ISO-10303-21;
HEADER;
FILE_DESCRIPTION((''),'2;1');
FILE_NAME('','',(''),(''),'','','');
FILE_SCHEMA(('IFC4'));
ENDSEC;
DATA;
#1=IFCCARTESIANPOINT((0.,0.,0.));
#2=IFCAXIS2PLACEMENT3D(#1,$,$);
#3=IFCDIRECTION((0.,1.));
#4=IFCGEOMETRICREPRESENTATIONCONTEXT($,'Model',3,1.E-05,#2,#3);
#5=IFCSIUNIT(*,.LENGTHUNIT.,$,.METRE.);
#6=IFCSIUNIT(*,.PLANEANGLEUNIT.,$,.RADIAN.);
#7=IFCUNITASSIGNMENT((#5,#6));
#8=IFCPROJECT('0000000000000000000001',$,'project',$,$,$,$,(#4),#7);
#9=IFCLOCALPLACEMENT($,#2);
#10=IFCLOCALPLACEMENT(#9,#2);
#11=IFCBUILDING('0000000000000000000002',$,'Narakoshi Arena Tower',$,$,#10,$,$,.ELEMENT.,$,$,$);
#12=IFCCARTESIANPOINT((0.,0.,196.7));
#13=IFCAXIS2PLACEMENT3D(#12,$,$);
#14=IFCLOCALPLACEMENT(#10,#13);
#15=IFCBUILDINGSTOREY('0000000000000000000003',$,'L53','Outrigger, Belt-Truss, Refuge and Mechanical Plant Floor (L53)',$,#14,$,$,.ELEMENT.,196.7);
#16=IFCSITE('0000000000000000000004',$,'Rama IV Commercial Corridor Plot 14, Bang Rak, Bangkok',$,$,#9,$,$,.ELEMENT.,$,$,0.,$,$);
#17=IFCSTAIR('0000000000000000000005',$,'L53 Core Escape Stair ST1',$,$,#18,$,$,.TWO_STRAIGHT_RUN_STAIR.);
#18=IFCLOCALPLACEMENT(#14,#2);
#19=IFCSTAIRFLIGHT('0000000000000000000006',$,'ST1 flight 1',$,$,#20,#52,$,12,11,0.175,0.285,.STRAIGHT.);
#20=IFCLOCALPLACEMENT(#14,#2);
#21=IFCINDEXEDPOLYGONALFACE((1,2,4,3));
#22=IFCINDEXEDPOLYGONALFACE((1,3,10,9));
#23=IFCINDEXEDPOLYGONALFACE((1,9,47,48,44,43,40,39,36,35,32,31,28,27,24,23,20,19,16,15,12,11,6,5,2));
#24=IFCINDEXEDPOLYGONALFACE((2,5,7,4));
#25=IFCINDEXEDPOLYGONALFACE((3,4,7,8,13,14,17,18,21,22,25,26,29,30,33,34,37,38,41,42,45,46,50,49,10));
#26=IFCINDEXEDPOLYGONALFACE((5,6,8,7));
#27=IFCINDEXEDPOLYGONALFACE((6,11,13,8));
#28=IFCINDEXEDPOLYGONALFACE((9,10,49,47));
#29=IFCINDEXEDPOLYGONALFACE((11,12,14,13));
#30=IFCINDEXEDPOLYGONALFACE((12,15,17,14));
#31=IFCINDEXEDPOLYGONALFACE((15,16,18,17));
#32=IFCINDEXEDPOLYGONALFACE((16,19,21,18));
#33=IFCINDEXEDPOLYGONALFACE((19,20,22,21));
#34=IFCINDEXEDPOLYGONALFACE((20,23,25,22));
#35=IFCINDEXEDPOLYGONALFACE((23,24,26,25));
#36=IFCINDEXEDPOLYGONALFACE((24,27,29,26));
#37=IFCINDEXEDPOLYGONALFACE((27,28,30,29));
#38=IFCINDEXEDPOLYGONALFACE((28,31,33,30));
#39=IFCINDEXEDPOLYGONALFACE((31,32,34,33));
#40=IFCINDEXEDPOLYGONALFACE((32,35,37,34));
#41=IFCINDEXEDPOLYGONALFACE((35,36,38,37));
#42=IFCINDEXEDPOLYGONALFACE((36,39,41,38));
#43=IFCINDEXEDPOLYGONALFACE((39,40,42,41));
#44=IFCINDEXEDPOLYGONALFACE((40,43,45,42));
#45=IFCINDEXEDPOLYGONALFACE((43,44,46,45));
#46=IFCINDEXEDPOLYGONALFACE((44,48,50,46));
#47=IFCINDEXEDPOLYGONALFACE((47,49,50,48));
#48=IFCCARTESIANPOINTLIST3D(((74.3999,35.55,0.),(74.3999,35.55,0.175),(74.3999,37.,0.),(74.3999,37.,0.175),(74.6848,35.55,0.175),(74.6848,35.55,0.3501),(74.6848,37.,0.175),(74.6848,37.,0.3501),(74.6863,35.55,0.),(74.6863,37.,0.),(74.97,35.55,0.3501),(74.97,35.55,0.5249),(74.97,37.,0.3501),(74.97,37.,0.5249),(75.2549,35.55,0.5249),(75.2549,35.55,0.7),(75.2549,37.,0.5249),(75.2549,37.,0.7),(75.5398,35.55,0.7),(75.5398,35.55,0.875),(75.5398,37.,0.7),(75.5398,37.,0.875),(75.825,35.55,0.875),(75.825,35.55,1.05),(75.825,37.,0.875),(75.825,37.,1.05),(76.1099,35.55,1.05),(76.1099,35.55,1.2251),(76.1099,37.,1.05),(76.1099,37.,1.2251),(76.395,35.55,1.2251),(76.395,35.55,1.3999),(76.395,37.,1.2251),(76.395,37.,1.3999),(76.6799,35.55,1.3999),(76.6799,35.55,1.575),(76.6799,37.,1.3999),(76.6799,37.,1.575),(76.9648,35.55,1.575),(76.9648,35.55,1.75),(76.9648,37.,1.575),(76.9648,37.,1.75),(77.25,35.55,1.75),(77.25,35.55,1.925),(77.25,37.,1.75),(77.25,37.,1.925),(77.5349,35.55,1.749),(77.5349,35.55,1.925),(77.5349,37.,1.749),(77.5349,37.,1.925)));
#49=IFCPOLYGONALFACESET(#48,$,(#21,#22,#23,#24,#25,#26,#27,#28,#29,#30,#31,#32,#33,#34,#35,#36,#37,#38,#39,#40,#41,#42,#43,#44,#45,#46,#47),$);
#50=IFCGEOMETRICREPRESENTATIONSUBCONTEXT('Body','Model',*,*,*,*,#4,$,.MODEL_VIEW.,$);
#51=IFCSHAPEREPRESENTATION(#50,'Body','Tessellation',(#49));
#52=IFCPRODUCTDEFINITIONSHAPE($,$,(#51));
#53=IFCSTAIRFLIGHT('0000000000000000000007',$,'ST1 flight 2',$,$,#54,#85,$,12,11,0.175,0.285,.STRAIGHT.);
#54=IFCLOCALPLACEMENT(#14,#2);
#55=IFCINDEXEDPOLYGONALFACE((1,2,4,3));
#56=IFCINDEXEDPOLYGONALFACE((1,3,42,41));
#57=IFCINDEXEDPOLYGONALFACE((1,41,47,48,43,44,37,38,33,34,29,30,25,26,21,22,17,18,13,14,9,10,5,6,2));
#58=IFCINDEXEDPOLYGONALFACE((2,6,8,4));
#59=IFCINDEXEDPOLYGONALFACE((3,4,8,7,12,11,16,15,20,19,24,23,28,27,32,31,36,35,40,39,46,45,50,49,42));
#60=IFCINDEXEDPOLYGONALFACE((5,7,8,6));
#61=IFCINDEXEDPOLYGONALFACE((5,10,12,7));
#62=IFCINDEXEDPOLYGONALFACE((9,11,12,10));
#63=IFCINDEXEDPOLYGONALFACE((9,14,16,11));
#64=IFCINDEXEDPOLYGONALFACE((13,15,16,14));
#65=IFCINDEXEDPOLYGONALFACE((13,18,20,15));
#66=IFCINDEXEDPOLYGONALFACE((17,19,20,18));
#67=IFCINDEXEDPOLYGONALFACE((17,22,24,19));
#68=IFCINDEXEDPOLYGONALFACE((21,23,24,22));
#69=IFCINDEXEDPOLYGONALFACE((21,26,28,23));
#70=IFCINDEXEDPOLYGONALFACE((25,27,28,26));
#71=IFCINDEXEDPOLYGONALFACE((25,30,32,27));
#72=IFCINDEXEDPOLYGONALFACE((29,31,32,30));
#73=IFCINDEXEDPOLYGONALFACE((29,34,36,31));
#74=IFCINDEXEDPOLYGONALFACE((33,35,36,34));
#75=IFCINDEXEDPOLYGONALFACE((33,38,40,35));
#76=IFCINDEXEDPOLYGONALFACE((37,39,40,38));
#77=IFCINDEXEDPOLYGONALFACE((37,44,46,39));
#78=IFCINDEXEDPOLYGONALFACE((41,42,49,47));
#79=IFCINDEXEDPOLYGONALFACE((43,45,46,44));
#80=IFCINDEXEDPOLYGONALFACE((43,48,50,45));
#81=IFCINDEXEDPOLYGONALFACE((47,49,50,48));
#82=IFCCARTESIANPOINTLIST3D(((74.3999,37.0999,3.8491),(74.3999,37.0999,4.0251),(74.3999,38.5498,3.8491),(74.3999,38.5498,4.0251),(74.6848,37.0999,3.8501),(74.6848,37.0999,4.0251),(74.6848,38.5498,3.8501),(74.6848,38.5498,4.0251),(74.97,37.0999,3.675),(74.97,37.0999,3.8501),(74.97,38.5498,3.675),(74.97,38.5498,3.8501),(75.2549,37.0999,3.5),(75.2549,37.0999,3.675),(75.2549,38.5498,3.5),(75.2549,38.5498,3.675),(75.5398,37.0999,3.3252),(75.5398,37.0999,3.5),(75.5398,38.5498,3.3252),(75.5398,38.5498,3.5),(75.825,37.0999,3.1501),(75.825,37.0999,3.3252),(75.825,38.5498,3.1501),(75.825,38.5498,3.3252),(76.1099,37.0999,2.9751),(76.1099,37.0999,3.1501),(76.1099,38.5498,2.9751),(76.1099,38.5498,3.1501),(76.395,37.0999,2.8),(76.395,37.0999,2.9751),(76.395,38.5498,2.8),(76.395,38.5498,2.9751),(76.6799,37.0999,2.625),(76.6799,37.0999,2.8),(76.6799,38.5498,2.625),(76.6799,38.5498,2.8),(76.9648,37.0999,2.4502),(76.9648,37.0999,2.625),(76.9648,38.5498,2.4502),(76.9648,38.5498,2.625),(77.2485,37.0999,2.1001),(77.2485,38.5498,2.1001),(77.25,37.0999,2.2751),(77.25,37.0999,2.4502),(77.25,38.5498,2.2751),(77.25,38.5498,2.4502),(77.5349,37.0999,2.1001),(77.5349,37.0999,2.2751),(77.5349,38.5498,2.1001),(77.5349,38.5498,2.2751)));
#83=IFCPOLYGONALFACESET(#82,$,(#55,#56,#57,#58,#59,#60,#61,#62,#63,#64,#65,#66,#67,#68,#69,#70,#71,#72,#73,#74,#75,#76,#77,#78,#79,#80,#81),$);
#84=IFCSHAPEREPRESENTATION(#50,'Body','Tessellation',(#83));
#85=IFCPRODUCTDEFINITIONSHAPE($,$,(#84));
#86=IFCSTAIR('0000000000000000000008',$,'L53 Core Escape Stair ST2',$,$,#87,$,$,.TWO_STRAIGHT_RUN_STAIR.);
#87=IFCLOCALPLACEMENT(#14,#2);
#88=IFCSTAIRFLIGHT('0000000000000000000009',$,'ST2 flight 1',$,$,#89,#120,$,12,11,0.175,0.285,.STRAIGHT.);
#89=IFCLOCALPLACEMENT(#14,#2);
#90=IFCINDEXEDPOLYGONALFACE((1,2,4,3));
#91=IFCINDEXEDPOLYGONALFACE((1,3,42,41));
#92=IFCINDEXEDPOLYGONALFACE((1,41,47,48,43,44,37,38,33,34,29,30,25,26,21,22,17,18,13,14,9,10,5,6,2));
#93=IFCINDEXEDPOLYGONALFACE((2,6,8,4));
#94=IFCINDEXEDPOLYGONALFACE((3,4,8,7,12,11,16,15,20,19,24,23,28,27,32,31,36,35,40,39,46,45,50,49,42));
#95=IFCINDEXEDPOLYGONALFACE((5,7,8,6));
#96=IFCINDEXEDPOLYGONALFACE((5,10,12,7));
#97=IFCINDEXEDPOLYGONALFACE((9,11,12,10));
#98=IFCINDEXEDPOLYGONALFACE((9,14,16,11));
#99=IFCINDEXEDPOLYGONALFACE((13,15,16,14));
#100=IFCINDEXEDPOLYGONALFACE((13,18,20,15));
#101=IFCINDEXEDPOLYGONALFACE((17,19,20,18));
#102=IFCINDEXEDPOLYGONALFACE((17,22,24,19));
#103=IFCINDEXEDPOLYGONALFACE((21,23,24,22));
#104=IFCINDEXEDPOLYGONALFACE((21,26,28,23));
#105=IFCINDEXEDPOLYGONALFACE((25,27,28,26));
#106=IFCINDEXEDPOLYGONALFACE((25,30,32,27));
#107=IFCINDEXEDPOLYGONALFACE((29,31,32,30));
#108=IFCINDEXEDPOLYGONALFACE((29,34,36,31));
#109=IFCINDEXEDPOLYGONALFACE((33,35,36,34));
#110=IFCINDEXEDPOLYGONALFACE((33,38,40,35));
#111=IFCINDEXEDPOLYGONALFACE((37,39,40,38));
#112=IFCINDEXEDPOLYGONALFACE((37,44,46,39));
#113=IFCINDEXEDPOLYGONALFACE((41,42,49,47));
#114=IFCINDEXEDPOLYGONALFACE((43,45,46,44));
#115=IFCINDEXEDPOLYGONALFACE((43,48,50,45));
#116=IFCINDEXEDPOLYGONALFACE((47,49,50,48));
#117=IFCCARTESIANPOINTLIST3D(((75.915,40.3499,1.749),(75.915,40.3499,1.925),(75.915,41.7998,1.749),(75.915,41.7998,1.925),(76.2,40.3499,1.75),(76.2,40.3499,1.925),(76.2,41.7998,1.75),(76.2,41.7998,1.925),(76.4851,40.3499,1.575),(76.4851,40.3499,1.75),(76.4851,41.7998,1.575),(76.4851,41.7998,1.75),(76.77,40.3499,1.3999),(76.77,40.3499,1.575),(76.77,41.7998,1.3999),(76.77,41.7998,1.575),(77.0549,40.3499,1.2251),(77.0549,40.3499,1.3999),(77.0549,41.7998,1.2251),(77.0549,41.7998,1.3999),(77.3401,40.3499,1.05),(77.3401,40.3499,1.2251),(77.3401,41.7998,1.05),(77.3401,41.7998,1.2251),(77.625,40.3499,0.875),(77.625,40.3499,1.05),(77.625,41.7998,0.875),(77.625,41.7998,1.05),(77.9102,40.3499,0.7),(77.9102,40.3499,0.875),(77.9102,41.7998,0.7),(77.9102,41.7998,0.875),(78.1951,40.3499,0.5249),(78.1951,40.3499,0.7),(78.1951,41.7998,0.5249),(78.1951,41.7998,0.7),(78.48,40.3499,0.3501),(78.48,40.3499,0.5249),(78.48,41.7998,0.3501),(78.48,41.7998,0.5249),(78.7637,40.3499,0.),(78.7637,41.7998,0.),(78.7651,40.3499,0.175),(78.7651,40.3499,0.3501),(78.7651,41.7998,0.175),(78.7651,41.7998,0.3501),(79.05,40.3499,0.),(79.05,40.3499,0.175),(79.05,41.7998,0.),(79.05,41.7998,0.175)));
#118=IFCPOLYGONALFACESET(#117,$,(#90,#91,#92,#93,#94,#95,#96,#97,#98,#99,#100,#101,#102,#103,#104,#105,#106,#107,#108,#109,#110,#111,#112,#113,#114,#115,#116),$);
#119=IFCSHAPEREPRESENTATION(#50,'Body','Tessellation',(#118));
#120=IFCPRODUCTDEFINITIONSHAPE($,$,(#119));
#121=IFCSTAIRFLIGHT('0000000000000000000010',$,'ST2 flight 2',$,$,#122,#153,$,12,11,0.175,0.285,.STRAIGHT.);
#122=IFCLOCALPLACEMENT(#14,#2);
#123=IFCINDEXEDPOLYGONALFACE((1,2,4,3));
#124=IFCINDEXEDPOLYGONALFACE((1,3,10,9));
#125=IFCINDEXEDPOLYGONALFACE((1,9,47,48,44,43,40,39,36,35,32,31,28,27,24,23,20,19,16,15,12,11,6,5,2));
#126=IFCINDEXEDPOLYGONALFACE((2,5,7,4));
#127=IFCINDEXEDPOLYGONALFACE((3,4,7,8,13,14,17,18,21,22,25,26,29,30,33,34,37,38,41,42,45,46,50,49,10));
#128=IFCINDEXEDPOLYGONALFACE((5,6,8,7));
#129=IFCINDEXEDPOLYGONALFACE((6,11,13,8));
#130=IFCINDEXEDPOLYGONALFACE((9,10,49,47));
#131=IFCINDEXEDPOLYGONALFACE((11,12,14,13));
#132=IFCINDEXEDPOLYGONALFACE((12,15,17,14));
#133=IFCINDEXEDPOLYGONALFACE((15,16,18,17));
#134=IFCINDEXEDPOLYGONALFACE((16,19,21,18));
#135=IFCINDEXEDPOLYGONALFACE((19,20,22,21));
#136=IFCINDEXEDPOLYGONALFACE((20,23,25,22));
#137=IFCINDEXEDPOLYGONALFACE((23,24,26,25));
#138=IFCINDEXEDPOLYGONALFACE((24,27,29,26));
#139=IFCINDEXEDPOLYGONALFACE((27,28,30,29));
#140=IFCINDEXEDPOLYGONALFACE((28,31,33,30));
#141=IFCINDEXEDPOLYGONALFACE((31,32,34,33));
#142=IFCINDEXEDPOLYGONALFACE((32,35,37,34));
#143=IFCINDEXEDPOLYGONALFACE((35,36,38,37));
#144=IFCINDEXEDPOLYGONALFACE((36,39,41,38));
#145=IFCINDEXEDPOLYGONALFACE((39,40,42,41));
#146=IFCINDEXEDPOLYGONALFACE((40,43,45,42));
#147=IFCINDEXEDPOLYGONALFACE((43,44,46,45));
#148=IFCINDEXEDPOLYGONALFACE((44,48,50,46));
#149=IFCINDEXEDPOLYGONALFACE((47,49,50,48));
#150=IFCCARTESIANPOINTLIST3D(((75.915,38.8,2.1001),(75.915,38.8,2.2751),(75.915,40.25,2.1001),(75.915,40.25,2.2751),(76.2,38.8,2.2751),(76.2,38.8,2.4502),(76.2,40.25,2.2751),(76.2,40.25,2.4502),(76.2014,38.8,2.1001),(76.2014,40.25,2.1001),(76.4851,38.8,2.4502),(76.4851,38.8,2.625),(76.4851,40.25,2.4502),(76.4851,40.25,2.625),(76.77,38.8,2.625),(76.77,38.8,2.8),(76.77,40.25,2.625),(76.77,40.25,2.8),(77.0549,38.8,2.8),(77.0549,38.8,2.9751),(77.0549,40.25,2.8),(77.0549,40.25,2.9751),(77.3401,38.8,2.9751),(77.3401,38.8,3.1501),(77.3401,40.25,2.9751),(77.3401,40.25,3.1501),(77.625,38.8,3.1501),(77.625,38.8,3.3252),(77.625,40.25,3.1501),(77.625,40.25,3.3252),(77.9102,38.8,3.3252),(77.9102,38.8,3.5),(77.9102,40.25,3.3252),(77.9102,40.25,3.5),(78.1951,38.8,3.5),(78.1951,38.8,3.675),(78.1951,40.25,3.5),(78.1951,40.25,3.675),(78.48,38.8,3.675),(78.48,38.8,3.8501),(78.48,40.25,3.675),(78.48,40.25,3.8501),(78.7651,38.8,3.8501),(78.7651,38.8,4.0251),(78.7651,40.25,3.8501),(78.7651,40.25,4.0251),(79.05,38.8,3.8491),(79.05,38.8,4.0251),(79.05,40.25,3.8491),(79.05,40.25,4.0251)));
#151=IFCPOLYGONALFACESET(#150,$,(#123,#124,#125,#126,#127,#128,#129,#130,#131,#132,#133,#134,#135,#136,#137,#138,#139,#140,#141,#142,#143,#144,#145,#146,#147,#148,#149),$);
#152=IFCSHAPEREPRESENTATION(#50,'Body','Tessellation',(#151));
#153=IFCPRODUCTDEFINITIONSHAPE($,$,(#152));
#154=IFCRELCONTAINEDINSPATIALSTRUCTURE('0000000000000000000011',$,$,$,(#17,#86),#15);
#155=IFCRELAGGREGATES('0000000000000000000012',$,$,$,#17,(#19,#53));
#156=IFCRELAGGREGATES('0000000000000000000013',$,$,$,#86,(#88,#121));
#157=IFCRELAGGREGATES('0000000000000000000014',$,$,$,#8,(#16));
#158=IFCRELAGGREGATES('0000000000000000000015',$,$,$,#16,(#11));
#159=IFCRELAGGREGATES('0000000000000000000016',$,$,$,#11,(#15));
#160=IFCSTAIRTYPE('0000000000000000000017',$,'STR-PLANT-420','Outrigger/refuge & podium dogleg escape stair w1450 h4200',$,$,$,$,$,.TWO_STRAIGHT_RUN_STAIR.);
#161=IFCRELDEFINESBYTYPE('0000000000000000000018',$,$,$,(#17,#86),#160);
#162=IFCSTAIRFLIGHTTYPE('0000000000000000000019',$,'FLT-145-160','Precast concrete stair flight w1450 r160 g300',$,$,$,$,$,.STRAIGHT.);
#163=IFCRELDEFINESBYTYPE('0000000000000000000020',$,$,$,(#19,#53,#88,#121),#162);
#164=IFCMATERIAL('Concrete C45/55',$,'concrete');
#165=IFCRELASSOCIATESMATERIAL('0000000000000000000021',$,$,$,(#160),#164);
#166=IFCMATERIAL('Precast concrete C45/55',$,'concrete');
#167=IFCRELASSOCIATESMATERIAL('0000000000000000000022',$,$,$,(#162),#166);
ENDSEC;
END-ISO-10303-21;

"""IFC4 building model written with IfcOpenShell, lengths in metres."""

from ifc_helpers import new_model, si_unit, direction, frame, origin, place, context, subcontext, project, spatial, polyline, outline, extrude, material, type_object, element, aggregate, save


model = new_model("IFC4")

# Units and contexts
model_context = context("Model", 3, precision=1e-05, world=origin(), true_north=direction((0.0, 1.0)))
body_context = subcontext(model_context, "Body", "Model", "MODEL_VIEW")
ifc_project = project(units=[si_unit("LENGTHUNIT", "METRE"), si_unit("PLANEANGLEUNIT", "RADIAN")], contexts=[model_context])

# Site, building, storey
site_placement = place(None, origin())
site = spatial("IfcSite", under=ifc_project, at=site_placement, Name="Rama IV Commercial Corridor Plot 14, Bang Rak, Bangkok", CompositionType="ELEMENT", RefElevation=0.0)
building_placement = place(site_placement, origin())
building = spatial("IfcBuilding", under=site, at=building_placement, Name="Narakoshi Arena Tower", CompositionType="ELEMENT")
storey_placement = place(building_placement, frame((0.0, 0.0, 196.7)))
storey = spatial("IfcBuildingStorey", under=building, at=storey_placement, Name="L53", Description="Outrigger, Belt-Truss, Refuge and Mechanical Plant Floor (L53)", CompositionType="ELEMENT", Elevation=196.7)

# Shared definitions
ifc_material_1 = material(Name="Precast concrete C45/55", Category="concrete")

# Stairs, stair flights
ifc_material_2 = material(Name="Concrete C45/55", Category="concrete")
stair_type = type_object("IfcStairType", Name="STR-PLANT-420", Description="Outrigger/refuge & podium dogleg escape stair w1450 h4200", PredefinedType="TWO_STRAIGHT_RUN_STAIR", material=ifc_material_2)
stair_1_placement = place(storey_placement, origin())
stair_1 = element("IfcStair", 1, at=stair_1_placement, inside=storey, type_object=stair_type, Name="L53 Core Escape Stair ST1", PredefinedType="TWO_STRAIGHT_RUN_STAIR")
stair_flight_type = type_object("IfcStairFlightType", Name="FLT-145-160", Description="Precast concrete stair flight w1450 r160 g300", PredefinedType="STRAIGHT", material=ifc_material_1)
stair_flight_1_placement = place(storey_placement, frame((74.3999, 36.2749, 0.0), z_axis=(0.0, 0.0, 1.0), x_axis=(1.0, 0.0, 0.0)))
stair_flight_1 = element("IfcStairFlight", 2, at=stair_flight_1_placement, type_object=stair_flight_type, Name="ST1 flight 1", NumberOfRisers=12, NumberOfTreads=11, PredefinedType="STRAIGHT", RiserHeight=0.175, TreadLength=0.285, context=body_context, shape_type="SweptSolid", body=[
    extrude(outline(polyline([(0.0, 0.0), (0.0, 0.175), (0.2849, 0.175), (0.2849, 0.3501), (0.5701, 0.3501), (0.5701, 0.5249), (0.855, 0.5249), (0.855, 0.7), (1.1399, 0.7), (1.1399, 0.875), (1.425, 0.875), (1.425, 1.05), (1.71, 1.05), (1.71, 1.2251), (1.9951, 1.2251), (1.9951, 1.3999), (2.28, 1.3999), (2.28, 1.575), (2.5649, 1.575), (2.5649, 1.75), (2.8501, 1.75), (2.8501, 1.925), (3.135, 1.925), (3.135, 2.1001), (3.135, 1.749), (0.2864, 0.0), (0.0, 0.0)])), frame((0.0, 0.7251, 0.0), z_axis=(0.0, -1.0, 0.0), x_axis=(1.0, 0.0, 0.0)), (0.0, 0.0, 1.0), 1.45),
])
stair_flight_2_placement = place(storey_placement, frame((77.5349, 37.825, 2.1001), z_axis=(0.0, 0.0, 1.0), x_axis=(-1.0, 0.0, 0.0)))
stair_flight_2 = element("IfcStairFlight", 3, at=stair_flight_2_placement, type_object=stair_flight_type, Name="ST1 flight 2", NumberOfRisers=12, NumberOfTreads=11, PredefinedType="STRAIGHT", RiserHeight=0.175, TreadLength=0.285, context=body_context, shape_type="SweptSolid", body=[
    extrude(outline(polyline([(0.0, 0.0), (0.0, 0.175), (0.2849, 0.175), (0.2849, 0.3501), (0.5701, 0.3501), (0.5701, 0.5249), (0.855, 0.5249), (0.855, 0.7), (1.1399, 0.7), (1.1399, 0.875), (1.425, 0.875), (1.425, 1.05), (1.71, 1.05), (1.71, 1.2251), (1.9951, 1.2251), (1.9951, 1.3999), (2.28, 1.3999), (2.28, 1.575), (2.5649, 1.575), (2.5649, 1.75), (2.8501, 1.75), (2.8501, 1.925), (3.135, 1.925), (3.135, 2.1001), (3.135, 1.749), (0.2864, 0.0), (0.0, 0.0)])), frame((0.0, 0.7251, 0.0), z_axis=(0.0, -1.0, 0.0), x_axis=(1.0, 0.0, 0.0)), (0.0, 0.0, 1.0), 1.45),
])
aggregate(stair_1, [stair_flight_1, stair_flight_2])
stair_2_placement = place(storey_placement, origin())
stair_2 = element("IfcStair", 4, at=stair_2_placement, inside=storey, type_object=stair_type, Name="L53 Core Escape Stair ST2", PredefinedType="TWO_STRAIGHT_RUN_STAIR")
stair_flight_3_placement = place(storey_placement, frame((79.05, 41.075, 0.0), z_axis=(0.0, 0.0, 1.0), x_axis=(-1.0, 0.0, 0.0)))
stair_flight_3 = element("IfcStairFlight", 5, at=stair_flight_3_placement, type_object=stair_flight_type, Name="ST2 flight 1", NumberOfRisers=12, NumberOfTreads=11, PredefinedType="STRAIGHT", RiserHeight=0.175, TreadLength=0.285, context=body_context, shape_type="SweptSolid", body=[
    extrude(outline(polyline([(0.0, 0.0), (0.0, 0.175), (0.2849, 0.175), (0.2849, 0.3501), (0.5701, 0.3501), (0.5701, 0.5249), (0.855, 0.5249), (0.855, 0.7), (1.1399, 0.7), (1.1399, 0.875), (1.425, 0.875), (1.425, 1.05), (1.71, 1.05), (1.71, 1.2251), (1.9951, 1.2251), (1.9951, 1.3999), (2.28, 1.3999), (2.28, 1.575), (2.5649, 1.575), (2.5649, 1.75), (2.8501, 1.75), (2.8501, 1.925), (3.135, 1.925), (3.135, 2.1001), (3.135, 1.749), (0.2864, 0.0), (0.0, 0.0)])), frame((0.0, 0.7251, 0.0), z_axis=(0.0, -1.0, 0.0), x_axis=(1.0, 0.0, 0.0)), (0.0, 0.0, 1.0), 1.45),
])
stair_flight_4_placement = place(storey_placement, frame((75.915, 39.5249, 2.1001), z_axis=(0.0, 0.0, 1.0), x_axis=(1.0, 0.0, 0.0)))
stair_flight_4 = element("IfcStairFlight", 6, at=stair_flight_4_placement, type_object=stair_flight_type, Name="ST2 flight 2", NumberOfRisers=12, NumberOfTreads=11, PredefinedType="STRAIGHT", RiserHeight=0.175, TreadLength=0.285, context=body_context, shape_type="SweptSolid", body=[
    extrude(outline(polyline([(0.0, 0.0), (0.0, 0.175), (0.2849, 0.175), (0.2849, 0.3501), (0.5701, 0.3501), (0.5701, 0.5249), (0.855, 0.5249), (0.855, 0.7), (1.1399, 0.7), (1.1399, 0.875), (1.425, 0.875), (1.425, 1.05), (1.71, 1.05), (1.71, 1.2251), (1.9951, 1.2251), (1.9951, 1.3999), (2.28, 1.3999), (2.28, 1.575), (2.5649, 1.575), (2.5649, 1.75), (2.8501, 1.75), (2.8501, 1.925), (3.135, 1.925), (3.135, 2.1001), (3.135, 1.749), (0.2864, 0.0), (0.0, 0.0)])), frame((0.0, 0.7251, 0.0), z_axis=(0.0, -1.0, 0.0), x_axis=(1.0, 0.0, 0.0)), (0.0, 0.0, 1.0), 1.45),
])
aggregate(stair_2, [stair_flight_3, stair_flight_4])

save(model, "model.ifc")
